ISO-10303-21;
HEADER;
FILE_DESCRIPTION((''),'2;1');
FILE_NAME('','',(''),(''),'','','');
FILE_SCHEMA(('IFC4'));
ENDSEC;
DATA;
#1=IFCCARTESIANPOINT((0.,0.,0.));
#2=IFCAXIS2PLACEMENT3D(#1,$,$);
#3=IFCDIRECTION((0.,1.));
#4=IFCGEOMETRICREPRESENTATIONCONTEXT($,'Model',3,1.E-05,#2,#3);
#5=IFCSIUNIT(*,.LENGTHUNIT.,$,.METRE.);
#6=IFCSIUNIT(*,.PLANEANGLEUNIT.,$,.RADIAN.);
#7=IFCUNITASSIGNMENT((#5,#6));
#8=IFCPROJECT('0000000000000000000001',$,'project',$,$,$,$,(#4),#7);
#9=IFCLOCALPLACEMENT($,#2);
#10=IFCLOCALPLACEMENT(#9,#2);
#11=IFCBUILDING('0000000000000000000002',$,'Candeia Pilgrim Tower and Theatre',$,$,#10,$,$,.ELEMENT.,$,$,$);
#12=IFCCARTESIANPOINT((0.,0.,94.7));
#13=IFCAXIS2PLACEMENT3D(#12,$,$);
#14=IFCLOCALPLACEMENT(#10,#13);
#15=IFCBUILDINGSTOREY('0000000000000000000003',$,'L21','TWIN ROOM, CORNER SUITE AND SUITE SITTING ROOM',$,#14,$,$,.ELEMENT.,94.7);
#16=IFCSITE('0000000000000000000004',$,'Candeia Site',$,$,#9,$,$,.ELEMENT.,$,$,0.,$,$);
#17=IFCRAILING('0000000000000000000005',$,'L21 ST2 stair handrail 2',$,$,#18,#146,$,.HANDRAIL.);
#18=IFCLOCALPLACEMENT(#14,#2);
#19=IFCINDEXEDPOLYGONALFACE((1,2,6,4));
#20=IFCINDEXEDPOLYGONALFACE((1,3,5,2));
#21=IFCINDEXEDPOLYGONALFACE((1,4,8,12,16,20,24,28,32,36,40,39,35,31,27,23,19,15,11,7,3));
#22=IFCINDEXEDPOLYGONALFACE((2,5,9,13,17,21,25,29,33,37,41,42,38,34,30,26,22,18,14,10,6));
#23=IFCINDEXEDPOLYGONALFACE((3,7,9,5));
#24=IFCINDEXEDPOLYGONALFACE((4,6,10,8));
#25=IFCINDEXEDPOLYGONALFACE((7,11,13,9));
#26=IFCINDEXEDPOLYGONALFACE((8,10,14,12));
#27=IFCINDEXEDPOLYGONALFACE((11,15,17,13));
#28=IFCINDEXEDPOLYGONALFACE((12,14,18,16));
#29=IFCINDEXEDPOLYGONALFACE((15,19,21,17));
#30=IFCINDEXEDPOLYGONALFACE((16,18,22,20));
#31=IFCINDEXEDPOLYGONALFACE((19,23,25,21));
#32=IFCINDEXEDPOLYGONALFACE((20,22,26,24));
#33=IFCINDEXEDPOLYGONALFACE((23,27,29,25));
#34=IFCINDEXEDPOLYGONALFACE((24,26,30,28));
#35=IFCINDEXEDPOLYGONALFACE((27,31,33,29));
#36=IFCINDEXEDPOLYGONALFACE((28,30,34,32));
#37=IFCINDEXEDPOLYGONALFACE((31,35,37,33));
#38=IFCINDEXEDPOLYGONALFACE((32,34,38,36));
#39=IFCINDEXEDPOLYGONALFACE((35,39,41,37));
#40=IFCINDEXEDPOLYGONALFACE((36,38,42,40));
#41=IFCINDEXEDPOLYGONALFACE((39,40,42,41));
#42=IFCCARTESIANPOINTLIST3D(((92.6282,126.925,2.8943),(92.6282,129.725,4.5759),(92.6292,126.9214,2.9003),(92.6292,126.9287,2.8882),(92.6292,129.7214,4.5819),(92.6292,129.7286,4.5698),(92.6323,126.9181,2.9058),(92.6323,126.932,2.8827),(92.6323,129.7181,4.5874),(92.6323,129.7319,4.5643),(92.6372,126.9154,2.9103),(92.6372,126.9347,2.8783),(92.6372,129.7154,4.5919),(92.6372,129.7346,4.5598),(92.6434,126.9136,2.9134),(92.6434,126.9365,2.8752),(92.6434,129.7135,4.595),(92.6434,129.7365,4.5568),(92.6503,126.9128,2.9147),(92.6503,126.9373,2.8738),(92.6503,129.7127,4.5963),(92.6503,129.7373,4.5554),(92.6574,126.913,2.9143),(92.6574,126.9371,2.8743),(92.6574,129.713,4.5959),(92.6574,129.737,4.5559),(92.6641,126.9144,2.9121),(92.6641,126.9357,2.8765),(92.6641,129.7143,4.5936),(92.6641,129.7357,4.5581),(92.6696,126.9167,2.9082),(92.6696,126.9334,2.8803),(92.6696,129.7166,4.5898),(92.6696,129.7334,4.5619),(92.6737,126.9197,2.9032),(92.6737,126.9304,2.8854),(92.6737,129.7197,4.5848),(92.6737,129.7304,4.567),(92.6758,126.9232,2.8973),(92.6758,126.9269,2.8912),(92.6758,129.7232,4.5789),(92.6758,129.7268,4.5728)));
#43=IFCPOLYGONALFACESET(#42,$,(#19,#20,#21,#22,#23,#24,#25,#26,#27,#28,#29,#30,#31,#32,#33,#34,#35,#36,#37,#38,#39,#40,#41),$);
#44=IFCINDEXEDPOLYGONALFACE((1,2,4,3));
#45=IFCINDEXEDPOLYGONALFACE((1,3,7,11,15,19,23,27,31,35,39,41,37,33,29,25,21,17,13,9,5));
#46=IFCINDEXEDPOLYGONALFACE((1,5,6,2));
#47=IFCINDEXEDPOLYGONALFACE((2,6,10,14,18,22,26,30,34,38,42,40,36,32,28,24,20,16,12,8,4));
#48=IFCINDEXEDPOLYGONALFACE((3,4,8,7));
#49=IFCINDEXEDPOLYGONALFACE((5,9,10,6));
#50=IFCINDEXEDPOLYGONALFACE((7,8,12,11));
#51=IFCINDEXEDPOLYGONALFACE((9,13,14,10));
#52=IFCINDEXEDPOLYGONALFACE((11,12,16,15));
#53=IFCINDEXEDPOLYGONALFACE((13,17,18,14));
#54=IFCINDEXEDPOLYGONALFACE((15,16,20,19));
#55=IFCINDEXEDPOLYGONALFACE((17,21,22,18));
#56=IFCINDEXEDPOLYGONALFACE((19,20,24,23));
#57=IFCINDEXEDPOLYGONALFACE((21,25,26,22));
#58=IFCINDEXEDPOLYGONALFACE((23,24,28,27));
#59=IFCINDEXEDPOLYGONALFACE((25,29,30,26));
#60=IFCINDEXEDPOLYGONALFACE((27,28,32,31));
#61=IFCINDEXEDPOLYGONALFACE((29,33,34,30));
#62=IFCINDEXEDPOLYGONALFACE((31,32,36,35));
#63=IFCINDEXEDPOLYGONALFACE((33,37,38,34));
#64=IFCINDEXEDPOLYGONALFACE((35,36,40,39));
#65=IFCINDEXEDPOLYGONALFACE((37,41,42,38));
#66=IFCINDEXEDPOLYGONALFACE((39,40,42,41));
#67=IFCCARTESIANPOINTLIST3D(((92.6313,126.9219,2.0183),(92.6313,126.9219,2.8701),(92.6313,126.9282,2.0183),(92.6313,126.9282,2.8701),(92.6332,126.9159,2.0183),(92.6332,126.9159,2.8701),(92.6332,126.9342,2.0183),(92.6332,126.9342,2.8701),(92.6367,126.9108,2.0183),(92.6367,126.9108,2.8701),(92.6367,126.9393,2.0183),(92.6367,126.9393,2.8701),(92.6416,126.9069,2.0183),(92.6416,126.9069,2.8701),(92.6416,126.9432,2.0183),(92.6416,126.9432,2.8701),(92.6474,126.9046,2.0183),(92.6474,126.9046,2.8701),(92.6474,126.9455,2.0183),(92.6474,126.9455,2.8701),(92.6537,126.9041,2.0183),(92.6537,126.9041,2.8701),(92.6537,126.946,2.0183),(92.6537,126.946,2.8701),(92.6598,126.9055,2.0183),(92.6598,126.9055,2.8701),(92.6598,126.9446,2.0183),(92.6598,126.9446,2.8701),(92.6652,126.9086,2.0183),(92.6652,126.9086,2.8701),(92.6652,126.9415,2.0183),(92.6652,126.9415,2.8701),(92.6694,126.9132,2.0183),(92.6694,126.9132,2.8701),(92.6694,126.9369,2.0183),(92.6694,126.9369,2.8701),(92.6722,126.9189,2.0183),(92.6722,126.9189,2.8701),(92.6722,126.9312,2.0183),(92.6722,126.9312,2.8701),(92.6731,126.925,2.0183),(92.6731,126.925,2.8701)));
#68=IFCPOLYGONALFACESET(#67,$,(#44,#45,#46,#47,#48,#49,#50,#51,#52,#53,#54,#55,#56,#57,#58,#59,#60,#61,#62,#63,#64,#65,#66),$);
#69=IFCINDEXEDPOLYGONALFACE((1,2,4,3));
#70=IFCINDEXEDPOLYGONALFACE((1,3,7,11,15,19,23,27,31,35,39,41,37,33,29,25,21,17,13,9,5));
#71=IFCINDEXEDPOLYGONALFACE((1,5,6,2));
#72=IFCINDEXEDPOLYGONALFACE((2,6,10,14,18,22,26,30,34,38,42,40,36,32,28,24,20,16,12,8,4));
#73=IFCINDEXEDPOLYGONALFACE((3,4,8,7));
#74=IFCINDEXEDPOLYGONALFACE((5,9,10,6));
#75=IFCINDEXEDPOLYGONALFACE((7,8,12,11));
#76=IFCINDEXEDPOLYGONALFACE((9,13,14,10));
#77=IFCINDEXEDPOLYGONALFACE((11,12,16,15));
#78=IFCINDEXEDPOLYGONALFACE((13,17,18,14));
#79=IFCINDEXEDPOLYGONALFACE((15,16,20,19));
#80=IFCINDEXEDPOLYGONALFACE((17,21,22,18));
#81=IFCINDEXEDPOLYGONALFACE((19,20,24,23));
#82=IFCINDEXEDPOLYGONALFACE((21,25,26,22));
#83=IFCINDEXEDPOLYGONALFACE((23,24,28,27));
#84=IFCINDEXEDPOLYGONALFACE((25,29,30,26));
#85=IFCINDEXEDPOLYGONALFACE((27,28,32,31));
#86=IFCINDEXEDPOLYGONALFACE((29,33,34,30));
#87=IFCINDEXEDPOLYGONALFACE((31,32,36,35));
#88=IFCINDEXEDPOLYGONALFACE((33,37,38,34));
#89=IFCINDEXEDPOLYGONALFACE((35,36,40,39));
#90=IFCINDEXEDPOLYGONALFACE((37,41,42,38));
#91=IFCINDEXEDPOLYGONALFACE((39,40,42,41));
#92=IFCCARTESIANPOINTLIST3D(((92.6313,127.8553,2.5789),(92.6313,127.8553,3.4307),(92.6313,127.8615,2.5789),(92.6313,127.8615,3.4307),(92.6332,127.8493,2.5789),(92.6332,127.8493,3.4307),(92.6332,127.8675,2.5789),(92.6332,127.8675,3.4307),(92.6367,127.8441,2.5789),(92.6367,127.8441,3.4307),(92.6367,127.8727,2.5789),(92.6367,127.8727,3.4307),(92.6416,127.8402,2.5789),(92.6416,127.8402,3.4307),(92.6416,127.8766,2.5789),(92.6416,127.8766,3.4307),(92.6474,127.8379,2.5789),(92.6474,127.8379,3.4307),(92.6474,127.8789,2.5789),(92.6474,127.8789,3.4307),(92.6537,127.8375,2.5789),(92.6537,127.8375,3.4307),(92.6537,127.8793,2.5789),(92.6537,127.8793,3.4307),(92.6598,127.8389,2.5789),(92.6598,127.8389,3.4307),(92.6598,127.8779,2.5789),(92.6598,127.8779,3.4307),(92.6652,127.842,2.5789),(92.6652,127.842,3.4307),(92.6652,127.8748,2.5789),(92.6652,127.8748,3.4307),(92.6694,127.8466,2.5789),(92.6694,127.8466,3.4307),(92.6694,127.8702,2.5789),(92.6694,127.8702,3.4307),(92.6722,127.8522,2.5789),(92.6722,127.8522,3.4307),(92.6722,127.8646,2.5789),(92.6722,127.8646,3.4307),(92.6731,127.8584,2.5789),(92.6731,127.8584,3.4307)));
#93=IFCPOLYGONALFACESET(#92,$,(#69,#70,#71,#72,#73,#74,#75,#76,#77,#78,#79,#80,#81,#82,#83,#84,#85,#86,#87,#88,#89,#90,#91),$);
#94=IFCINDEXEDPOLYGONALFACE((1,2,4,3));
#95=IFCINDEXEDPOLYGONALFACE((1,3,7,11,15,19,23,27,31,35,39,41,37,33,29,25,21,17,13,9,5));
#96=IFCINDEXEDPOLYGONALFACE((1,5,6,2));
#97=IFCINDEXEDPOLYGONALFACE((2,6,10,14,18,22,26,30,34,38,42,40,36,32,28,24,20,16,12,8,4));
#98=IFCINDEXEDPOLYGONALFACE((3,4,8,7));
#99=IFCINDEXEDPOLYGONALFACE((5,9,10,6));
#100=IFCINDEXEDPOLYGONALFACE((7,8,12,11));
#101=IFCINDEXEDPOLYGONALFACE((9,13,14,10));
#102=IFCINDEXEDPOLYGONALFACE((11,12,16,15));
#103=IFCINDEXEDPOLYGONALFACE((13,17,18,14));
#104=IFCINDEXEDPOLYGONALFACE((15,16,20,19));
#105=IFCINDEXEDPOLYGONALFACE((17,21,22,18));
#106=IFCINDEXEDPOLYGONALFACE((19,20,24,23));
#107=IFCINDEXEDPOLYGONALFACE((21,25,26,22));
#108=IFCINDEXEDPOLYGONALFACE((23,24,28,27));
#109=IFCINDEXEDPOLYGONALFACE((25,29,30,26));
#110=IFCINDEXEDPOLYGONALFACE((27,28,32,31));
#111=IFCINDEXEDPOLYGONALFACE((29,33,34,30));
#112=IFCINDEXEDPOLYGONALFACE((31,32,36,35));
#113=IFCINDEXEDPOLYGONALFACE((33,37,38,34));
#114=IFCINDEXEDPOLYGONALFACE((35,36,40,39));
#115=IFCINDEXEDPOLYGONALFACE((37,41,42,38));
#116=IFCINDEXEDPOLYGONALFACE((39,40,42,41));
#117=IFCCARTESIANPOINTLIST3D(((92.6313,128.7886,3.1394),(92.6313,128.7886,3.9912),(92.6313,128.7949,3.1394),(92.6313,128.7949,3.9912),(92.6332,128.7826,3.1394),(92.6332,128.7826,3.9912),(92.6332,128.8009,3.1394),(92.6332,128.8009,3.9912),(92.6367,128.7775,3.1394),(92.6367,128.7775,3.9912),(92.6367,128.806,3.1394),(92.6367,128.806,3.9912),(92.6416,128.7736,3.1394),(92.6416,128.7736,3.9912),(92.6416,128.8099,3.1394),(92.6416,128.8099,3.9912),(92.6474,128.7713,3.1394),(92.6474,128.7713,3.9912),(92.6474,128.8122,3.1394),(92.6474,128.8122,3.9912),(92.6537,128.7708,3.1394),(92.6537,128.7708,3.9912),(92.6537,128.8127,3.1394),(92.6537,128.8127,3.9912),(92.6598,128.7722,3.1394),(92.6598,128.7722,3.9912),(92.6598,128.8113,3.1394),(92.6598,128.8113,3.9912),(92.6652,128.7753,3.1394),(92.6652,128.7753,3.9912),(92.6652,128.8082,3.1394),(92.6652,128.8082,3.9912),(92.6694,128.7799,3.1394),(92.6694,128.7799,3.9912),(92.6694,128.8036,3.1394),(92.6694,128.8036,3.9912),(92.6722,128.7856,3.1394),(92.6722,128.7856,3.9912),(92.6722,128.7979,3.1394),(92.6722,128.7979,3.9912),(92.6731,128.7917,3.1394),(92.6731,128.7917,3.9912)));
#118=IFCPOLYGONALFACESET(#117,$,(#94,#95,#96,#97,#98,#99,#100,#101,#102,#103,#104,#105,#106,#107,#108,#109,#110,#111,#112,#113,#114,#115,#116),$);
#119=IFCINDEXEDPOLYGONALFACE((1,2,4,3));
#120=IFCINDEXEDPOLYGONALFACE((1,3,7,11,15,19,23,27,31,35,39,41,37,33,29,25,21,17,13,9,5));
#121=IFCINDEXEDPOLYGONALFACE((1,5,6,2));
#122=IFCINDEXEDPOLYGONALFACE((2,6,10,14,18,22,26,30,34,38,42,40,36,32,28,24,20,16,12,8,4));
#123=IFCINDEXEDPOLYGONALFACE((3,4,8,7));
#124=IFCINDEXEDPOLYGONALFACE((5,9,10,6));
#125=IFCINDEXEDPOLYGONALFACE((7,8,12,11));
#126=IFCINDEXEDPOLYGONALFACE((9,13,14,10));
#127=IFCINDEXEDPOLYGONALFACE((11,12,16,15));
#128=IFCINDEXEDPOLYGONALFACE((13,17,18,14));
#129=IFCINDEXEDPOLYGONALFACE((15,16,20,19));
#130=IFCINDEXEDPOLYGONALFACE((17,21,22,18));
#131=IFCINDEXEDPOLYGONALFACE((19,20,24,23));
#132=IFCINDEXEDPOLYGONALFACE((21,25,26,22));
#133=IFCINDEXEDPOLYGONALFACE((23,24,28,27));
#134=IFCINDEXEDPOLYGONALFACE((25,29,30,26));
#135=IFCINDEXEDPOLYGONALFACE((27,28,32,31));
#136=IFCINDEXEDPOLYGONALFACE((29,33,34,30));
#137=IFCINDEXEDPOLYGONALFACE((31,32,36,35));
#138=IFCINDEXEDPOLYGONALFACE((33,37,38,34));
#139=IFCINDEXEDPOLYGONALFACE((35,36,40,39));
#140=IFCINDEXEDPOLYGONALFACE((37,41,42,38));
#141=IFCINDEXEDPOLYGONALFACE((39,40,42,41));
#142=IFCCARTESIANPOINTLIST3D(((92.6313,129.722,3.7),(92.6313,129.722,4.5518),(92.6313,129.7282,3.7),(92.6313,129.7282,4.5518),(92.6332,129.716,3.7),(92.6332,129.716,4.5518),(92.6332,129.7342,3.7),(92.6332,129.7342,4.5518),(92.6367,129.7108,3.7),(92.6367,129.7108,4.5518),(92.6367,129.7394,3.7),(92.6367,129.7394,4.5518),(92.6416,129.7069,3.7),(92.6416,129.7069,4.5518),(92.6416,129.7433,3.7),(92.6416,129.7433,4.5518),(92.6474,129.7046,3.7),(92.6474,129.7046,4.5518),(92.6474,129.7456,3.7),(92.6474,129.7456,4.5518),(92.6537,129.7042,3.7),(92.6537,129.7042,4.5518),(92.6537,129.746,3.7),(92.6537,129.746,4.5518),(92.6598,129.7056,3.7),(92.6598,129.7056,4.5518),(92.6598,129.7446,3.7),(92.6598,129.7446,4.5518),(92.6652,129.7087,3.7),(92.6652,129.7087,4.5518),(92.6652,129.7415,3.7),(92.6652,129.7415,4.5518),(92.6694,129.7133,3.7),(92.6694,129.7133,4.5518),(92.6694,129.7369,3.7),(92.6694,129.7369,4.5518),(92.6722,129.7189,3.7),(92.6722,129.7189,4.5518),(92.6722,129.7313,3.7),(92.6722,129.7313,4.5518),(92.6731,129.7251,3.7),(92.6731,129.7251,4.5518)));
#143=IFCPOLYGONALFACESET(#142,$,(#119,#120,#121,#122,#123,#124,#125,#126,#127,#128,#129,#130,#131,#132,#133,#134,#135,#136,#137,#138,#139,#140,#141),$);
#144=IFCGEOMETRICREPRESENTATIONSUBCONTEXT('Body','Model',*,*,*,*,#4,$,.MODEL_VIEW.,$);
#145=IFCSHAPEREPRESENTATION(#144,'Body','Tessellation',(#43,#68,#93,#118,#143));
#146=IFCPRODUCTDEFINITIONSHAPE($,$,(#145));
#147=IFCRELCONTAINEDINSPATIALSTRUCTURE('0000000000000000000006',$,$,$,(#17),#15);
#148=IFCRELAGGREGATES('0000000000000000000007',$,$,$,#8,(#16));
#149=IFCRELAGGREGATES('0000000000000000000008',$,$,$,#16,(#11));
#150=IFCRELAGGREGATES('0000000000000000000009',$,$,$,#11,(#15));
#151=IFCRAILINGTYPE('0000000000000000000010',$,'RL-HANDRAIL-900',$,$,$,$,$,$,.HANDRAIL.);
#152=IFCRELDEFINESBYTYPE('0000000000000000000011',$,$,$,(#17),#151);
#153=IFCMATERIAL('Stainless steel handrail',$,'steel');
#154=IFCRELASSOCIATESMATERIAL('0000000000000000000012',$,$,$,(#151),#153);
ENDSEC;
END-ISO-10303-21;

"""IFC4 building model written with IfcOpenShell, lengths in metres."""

from ifc_helpers import new_model, si_unit, direction, frame, origin, origin_2d, place, context, subcontext, project, spatial, circle, extrude, material, type_object, element, save


model = new_model("IFC4")

# Units and contexts
model_context = context("Model", 3, precision=1e-05, world=origin(), true_north=direction((0.0, 1.0)))
body_context = subcontext(model_context, "Body", "Model", "MODEL_VIEW")
ifc_project = project(units=[si_unit("LENGTHUNIT", "METRE"), si_unit("PLANEANGLEUNIT", "RADIAN")], contexts=[model_context])

# Site, building, storey
site_placement = place(None, origin())
site = spatial("IfcSite", under=ifc_project, at=site_placement, Name="Candeia Site", CompositionType="ELEMENT", RefElevation=0.0)
building_placement = place(site_placement, origin())
building = spatial("IfcBuilding", under=site, at=building_placement, Name="Candeia Pilgrim Tower and Theatre", CompositionType="ELEMENT")
storey_placement = place(building_placement, frame((0.0, 0.0, 94.7)))
storey = spatial("IfcBuildingStorey", under=building, at=storey_placement, Name="L21", Description="TWIN ROOM, CORNER SUITE AND SUITE SITTING ROOM", CompositionType="ELEMENT", Elevation=94.7)

# Railing
ifc_material_1 = material(Name="Stainless steel handrail", Category="steel")
railing_type_1 = type_object("IfcRailingType", Name="RL-HANDRAIL-900", PredefinedType="HANDRAIL", material=ifc_material_1)
railing_1_placement = place(storey_placement, frame((92.6521, 126.925, 2.0183)))
element("IfcRailing", 1, at=railing_1_placement, inside=storey, type_object=railing_type_1, Name="L21 ST2 stair handrail 2", PredefinedType="HANDRAIL", context=body_context, shape_type="SweptSolid", body=[
    extrude(circle(Radius=0.0239, at=origin_2d()), frame((0.0, 0.0, 0.876), z_axis=(0.0, 0.857275, 0.514858), x_axis=(-1.0, 0.0, 0.0)), (0.0, 0.0, 1.0), 3.2661),
    extrude(circle(Radius=0.021, at=origin_2d()), origin(), (0.0, 0.0, 1.0), 0.8518),
    extrude(circle(Radius=0.021, at=origin_2d()), frame((0.0, 0.9333, 0.5605)), (0.0, 0.0, 1.0), 0.8518),
    extrude(circle(Radius=0.021, at=origin_2d()), frame((0.0, 1.8667, 1.1211)), (0.0, 0.0, 1.0), 0.8518),
    extrude(circle(Radius=0.021, at=origin_2d()), frame((0.0, 2.8, 1.6816)), (0.0, 0.0, 1.0), 0.8518),
])

save(model, "model.ifc")
